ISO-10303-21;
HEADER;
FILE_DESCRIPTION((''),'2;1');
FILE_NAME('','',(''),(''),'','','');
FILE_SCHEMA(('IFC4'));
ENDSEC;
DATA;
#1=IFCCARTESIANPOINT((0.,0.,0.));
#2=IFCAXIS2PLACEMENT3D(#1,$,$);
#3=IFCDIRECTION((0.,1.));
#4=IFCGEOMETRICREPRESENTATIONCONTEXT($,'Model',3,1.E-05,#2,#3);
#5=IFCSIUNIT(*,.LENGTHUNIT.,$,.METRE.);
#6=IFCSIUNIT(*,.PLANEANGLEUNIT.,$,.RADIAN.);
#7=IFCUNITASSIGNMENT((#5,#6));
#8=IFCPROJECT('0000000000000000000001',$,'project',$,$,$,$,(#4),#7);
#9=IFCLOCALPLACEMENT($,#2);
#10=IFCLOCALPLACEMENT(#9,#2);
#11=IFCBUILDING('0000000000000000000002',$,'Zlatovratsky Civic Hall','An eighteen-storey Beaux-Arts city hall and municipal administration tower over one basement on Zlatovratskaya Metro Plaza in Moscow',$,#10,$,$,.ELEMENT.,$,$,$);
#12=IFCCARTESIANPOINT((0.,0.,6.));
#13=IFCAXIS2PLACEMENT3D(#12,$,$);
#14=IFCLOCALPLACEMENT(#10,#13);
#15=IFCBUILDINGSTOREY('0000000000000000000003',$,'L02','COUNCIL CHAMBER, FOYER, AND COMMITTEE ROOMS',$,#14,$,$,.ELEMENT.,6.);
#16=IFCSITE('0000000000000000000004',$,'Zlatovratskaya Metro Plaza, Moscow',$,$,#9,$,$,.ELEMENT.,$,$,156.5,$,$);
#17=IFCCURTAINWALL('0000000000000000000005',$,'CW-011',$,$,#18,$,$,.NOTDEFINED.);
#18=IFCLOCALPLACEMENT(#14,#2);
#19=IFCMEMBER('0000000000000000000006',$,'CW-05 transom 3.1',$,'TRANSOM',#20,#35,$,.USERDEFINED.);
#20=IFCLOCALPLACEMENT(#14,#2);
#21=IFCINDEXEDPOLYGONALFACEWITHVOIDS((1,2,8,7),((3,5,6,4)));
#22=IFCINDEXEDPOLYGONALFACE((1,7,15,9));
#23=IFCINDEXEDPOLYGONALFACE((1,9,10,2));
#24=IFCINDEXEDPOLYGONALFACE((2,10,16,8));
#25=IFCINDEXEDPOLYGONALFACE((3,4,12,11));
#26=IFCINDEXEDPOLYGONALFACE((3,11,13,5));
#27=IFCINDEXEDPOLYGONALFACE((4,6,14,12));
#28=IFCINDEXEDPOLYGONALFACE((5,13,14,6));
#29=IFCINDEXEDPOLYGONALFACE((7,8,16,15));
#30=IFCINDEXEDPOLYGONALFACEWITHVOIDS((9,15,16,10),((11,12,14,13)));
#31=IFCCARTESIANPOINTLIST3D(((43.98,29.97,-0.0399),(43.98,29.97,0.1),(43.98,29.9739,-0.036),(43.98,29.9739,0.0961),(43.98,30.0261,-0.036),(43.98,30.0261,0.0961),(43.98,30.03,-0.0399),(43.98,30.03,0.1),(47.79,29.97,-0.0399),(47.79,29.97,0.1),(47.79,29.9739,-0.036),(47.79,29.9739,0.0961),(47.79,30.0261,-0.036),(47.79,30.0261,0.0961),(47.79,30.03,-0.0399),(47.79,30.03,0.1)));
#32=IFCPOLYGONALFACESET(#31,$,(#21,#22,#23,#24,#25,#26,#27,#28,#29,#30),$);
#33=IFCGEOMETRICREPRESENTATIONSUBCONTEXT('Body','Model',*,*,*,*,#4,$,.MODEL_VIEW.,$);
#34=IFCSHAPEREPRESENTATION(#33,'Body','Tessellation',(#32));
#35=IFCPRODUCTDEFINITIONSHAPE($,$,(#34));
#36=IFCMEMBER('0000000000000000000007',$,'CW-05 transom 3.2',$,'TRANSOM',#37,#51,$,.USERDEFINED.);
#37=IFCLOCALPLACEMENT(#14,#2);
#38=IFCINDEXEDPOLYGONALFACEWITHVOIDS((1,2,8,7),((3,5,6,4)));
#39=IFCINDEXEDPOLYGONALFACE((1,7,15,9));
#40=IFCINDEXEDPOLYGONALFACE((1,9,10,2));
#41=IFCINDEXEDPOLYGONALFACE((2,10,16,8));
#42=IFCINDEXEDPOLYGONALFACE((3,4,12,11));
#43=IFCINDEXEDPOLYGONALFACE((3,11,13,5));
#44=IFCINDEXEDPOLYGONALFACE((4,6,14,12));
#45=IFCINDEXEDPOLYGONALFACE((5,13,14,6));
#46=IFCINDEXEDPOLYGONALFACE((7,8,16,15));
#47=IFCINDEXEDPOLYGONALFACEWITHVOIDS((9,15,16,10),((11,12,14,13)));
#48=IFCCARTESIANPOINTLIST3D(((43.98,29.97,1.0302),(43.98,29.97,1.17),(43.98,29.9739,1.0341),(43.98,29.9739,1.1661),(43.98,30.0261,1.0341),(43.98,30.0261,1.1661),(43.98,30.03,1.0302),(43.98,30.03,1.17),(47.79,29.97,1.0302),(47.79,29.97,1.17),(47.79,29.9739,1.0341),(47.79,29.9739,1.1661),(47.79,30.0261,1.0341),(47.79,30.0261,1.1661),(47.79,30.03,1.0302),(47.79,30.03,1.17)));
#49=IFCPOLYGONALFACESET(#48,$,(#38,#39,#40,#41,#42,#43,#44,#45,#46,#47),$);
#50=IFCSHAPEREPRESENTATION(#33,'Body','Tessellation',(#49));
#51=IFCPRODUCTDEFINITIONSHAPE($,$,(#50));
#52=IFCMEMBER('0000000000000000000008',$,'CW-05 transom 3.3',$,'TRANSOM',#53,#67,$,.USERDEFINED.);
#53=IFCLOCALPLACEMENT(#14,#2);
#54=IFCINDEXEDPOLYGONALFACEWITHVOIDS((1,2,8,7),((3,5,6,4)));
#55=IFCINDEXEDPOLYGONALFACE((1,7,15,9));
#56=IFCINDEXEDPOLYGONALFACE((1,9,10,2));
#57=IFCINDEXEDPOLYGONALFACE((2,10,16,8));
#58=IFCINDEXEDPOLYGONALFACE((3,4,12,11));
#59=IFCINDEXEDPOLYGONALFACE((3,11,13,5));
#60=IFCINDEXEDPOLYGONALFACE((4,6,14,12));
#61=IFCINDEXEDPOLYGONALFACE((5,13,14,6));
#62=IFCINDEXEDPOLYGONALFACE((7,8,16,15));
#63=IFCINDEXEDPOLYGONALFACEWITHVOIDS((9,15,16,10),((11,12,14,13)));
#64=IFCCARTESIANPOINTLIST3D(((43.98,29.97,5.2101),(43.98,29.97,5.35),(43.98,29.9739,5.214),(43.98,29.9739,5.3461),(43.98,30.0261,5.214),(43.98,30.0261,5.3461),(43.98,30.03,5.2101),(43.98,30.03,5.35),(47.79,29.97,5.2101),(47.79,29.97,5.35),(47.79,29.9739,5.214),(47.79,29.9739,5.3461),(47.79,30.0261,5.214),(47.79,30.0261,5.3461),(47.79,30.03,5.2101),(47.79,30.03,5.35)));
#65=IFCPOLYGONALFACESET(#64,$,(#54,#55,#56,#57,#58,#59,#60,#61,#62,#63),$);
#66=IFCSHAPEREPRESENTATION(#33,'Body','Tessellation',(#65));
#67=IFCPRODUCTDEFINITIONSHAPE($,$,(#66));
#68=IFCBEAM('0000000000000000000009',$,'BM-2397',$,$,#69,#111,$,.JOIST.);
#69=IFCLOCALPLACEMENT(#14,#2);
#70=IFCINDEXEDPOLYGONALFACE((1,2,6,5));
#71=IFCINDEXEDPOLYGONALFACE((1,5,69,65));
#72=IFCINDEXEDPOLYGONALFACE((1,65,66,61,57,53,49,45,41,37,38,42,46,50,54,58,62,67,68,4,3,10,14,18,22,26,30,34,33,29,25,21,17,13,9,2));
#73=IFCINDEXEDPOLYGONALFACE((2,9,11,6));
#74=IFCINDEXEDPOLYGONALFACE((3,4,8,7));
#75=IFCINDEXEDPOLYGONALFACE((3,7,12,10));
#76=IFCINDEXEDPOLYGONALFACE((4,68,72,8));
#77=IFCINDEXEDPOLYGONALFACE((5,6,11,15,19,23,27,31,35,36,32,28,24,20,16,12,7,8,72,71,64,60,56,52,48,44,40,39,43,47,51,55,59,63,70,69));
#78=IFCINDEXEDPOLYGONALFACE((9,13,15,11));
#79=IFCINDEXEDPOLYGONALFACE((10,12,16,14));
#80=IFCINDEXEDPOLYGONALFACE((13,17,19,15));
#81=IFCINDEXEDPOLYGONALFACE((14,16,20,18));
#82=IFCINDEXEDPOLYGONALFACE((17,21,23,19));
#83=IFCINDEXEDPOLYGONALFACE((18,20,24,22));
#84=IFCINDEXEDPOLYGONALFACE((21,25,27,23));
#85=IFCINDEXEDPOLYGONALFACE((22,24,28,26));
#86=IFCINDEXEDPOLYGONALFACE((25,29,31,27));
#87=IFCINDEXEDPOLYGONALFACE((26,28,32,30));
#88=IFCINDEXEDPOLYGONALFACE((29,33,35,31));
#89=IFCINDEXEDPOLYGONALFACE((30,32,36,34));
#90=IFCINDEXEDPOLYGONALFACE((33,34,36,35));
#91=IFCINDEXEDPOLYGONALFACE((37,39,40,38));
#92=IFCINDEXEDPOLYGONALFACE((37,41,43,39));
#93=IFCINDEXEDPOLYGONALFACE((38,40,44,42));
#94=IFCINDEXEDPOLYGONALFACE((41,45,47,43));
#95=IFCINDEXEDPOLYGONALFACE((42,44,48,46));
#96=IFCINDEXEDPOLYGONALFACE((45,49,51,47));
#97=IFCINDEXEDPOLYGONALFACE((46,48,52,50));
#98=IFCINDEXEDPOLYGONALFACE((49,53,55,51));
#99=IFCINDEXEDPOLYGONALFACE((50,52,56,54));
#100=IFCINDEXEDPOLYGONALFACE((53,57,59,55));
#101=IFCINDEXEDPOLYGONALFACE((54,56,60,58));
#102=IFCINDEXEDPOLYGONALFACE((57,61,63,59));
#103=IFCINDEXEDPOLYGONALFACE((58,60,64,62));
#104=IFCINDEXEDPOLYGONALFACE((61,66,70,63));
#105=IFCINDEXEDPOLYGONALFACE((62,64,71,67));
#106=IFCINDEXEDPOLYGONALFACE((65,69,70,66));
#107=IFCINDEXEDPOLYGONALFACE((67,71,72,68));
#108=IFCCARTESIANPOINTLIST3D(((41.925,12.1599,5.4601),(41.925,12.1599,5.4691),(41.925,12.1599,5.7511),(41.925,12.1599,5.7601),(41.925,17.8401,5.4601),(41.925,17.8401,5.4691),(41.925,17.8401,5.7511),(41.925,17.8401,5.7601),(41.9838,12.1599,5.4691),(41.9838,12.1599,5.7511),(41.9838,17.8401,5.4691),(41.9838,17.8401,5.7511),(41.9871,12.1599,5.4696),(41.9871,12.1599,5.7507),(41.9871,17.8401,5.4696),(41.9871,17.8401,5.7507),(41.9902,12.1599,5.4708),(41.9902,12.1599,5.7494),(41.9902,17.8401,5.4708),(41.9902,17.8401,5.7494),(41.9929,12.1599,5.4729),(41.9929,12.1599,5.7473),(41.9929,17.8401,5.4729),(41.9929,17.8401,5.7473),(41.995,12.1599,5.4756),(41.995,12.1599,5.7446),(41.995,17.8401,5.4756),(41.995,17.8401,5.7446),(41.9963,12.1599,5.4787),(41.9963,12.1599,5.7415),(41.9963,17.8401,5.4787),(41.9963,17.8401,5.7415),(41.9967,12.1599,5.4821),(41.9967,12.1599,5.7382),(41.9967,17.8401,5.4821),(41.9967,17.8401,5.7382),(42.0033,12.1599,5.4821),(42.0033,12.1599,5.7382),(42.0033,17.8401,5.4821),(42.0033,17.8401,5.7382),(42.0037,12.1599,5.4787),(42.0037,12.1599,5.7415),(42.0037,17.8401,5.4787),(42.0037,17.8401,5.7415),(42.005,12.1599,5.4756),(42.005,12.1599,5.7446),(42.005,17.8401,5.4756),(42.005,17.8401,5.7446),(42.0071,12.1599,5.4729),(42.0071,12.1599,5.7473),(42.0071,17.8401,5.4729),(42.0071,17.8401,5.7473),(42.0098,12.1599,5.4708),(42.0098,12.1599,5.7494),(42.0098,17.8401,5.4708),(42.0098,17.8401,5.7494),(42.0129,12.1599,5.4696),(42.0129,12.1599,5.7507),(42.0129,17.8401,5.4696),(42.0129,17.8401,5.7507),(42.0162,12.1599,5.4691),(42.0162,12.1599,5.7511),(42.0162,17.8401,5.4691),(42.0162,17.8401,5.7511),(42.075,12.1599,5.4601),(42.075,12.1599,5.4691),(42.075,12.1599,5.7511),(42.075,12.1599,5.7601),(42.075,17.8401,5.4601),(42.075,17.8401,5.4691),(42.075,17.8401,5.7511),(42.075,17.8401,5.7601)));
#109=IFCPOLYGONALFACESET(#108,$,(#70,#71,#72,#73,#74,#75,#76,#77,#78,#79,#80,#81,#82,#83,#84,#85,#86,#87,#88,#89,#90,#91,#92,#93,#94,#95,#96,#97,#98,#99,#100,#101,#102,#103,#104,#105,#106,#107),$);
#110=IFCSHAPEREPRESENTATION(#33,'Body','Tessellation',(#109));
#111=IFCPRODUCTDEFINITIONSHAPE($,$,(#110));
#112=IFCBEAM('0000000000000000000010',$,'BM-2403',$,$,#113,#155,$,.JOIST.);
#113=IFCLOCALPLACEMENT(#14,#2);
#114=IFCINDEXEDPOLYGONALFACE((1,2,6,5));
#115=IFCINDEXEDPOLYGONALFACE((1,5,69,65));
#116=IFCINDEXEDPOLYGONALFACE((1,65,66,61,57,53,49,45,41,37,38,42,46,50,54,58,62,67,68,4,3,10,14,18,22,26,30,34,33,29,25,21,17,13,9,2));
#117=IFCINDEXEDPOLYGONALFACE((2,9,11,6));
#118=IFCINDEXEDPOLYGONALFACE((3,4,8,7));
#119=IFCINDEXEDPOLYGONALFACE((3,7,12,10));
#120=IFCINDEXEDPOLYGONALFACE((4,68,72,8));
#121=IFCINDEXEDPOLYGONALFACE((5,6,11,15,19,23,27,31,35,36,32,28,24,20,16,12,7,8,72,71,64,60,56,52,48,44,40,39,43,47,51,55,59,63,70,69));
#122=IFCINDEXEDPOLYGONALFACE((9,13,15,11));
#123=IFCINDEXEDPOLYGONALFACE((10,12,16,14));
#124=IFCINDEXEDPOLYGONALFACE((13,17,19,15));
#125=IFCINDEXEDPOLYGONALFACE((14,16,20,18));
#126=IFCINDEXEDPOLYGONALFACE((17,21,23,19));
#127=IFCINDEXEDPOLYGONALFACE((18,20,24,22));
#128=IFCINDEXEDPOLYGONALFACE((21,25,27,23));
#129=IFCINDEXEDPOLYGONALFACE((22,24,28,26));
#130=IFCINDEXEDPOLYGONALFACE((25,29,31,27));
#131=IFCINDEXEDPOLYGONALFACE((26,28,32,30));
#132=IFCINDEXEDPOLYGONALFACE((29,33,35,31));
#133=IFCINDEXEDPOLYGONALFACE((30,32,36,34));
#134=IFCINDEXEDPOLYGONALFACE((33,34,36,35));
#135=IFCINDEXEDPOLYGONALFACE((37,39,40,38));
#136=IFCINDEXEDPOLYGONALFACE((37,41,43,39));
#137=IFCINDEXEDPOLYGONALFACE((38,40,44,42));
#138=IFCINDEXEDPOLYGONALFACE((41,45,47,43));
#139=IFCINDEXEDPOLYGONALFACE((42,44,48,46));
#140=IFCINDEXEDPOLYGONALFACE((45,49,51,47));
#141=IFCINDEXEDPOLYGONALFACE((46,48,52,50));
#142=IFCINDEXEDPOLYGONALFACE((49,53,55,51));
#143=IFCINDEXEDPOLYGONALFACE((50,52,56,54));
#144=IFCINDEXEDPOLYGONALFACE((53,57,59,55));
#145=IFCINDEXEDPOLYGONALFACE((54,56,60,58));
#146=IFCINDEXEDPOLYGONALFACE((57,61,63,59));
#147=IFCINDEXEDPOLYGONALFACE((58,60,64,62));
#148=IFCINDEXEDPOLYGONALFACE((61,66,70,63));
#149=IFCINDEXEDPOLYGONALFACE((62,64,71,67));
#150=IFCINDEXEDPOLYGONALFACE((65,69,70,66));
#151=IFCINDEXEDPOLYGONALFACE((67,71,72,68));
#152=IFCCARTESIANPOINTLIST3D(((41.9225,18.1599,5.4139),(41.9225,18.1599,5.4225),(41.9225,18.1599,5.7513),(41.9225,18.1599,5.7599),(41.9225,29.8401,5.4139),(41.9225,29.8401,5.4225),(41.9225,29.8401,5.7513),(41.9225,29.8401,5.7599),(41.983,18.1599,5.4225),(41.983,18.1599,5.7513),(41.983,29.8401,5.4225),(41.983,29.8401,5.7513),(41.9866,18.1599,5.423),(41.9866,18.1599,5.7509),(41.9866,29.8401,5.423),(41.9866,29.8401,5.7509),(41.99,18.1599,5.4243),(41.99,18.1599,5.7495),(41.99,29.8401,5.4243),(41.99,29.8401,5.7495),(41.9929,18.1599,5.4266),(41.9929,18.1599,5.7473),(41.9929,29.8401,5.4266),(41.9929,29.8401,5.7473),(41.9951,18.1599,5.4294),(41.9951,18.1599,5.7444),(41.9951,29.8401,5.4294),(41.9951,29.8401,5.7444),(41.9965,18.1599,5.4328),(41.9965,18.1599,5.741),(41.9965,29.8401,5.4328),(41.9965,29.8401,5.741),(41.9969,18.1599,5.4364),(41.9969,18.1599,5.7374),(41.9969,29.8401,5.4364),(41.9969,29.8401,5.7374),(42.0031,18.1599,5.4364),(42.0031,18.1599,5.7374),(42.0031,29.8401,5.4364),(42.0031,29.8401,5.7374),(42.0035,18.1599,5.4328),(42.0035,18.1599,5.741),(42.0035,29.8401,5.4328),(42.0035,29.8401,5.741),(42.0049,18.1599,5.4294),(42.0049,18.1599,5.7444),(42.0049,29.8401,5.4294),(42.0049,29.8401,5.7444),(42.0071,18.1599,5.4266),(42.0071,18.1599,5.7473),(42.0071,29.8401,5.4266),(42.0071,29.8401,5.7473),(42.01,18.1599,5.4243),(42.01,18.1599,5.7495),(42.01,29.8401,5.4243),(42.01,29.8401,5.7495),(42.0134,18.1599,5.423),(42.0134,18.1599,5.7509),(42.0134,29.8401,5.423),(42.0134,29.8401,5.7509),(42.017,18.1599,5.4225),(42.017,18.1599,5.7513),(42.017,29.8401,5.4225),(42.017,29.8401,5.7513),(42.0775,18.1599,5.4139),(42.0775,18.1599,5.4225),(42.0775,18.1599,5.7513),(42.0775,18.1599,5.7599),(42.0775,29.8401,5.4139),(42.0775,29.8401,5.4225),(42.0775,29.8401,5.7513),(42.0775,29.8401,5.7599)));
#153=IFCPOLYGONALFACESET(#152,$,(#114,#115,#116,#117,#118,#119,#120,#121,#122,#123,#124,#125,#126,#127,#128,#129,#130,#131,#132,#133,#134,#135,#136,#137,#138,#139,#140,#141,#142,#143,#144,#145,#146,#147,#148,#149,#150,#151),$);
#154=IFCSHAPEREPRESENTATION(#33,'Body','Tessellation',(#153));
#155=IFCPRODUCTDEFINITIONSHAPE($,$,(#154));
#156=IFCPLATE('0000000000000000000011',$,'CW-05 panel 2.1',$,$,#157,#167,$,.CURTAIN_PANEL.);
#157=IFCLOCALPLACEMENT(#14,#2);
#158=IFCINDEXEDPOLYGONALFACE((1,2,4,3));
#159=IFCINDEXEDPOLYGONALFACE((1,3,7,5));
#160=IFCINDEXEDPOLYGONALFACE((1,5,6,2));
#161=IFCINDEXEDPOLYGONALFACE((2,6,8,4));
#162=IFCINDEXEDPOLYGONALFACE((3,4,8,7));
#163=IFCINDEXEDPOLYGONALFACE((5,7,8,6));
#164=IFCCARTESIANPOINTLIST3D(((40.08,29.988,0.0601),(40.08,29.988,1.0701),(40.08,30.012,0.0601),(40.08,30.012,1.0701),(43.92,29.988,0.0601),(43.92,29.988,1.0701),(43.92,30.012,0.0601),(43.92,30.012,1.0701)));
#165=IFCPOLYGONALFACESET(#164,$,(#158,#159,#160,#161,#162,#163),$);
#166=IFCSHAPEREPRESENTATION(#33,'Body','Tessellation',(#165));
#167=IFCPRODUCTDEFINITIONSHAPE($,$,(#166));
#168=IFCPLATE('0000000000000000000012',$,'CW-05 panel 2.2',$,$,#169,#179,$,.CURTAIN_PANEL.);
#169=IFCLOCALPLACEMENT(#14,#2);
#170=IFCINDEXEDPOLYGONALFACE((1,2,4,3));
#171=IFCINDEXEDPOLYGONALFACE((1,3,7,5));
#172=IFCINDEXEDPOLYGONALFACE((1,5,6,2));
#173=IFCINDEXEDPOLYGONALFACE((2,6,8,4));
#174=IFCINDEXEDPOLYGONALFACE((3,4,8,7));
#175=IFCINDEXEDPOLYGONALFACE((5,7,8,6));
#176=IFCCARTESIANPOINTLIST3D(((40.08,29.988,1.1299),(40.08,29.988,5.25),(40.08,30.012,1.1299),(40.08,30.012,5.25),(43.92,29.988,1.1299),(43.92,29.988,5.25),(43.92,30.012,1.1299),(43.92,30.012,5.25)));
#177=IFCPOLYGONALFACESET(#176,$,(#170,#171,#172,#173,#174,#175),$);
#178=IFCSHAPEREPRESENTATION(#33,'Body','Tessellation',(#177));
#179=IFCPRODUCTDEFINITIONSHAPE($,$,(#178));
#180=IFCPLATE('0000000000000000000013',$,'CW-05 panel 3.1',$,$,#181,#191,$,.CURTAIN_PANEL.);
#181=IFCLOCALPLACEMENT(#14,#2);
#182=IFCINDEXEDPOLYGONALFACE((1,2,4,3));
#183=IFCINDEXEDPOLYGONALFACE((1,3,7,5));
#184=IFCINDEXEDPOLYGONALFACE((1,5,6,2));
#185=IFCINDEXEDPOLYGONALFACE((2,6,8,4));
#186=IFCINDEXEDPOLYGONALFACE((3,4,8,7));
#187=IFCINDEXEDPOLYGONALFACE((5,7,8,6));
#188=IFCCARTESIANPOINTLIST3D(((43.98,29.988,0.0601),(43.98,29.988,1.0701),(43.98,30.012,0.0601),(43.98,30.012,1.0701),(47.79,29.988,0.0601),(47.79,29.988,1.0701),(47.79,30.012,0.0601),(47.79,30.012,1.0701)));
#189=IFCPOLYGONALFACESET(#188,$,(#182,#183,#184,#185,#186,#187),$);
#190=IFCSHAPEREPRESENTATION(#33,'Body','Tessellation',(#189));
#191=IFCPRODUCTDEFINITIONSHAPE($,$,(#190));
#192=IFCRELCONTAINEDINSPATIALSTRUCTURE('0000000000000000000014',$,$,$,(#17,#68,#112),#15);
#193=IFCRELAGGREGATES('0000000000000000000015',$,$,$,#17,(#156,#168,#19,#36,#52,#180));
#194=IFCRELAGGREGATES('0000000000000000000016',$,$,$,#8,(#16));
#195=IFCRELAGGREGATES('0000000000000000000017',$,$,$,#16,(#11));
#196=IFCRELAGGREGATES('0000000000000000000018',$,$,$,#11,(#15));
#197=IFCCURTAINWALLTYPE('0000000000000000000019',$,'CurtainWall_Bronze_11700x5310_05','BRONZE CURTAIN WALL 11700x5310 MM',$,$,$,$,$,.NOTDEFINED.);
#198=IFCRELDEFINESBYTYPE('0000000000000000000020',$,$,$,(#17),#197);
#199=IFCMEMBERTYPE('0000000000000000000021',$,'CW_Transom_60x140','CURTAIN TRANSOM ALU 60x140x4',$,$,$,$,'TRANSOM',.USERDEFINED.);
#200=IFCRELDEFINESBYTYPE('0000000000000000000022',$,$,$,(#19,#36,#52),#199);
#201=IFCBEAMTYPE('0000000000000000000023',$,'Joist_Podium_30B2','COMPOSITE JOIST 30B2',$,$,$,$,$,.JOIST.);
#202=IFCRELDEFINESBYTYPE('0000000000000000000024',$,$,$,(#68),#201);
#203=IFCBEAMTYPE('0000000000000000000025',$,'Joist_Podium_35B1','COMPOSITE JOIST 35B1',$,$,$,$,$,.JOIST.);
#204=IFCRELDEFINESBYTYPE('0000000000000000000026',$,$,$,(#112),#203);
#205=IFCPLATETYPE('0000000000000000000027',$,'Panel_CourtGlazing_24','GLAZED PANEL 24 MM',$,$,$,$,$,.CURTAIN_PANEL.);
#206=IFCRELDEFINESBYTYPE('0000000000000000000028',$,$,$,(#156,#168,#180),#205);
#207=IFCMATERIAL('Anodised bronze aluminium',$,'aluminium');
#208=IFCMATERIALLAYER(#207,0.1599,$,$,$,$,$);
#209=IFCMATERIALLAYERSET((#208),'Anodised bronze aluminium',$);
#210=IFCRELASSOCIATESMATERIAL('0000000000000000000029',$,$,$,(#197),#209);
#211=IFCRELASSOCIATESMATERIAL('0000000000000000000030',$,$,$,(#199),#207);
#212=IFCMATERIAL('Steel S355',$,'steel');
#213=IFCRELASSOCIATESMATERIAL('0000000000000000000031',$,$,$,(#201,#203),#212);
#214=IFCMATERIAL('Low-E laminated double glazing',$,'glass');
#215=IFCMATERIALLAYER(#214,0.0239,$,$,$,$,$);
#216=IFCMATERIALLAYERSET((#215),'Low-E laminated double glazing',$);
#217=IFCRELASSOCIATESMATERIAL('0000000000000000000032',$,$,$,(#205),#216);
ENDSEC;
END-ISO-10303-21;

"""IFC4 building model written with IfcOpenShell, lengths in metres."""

from ifc_helpers import new_model, si_unit, direction, frame, origin, origin_2d, place, context, subcontext, project, spatial, rectangle, hollow_rectangle, i_section, extrude, material, layer, layer_set, material_profile, profile_set, type_object, element, aggregate, save


model = new_model("IFC4")

# Units and contexts
model_context = context("Model", 3, precision=1e-05, world=origin(), true_north=direction((0.0, 1.0)))
body_context = subcontext(model_context, "Body", "Model", "MODEL_VIEW")
ifc_project = project(units=[si_unit("LENGTHUNIT", "METRE"), si_unit("PLANEANGLEUNIT", "RADIAN")], contexts=[model_context])

# Site, building, storey
site_placement = place(None, origin())
site = spatial("IfcSite", under=ifc_project, at=site_placement, Name="Zlatovratskaya Metro Plaza, Moscow", CompositionType="ELEMENT", RefElevation=156.5)
building_placement = place(site_placement, origin())
building = spatial("IfcBuilding", under=site, at=building_placement, Name="Zlatovratsky Civic Hall", Description="An eighteen-storey Beaux-Arts city hall and municipal administration tower over one basement on Zlatovratskaya Metro Plaza in Moscow", CompositionType="ELEMENT")
storey_placement = place(building_placement, frame((0.0, 0.0, 6.0)))
storey = spatial("IfcBuildingStorey", under=building, at=storey_placement, Name="L02", Description="COUNCIL CHAMBER, FOYER, AND COMMITTEE ROOMS", CompositionType="ELEMENT", Elevation=6.0)

# Shared definitions
ifc_material_1 = material(Name="Steel S355", Category="steel")

# Curtain wall, members
ifc_material_2 = material(Name="Anodised bronze aluminium", Category="aluminium")
ifc_layer_1 = layer(ifc_material_2, 0.1599)
ifc_layer_set_1 = layer_set([ifc_layer_1], Name="Anodised bronze aluminium")
curtain_wall_type = type_object("IfcCurtainWallType", Name="CurtainWall_Bronze_11700x5310_05", Description="BRONZE CURTAIN WALL 11700x5310 MM", PredefinedType="NOTDEFINED", material=ifc_layer_set_1)
curtain_wall_placement = place(storey_placement, origin())
curtain_wall = element("IfcCurtainWall", 1, at=curtain_wall_placement, inside=storey, type_object=curtain_wall_type, Name="CW-011", PredefinedType="NOTDEFINED")
ifc_material_profile_1 = material_profile(ifc_material_2, hollow_rectangle(XDim=0.0601, YDim=0.1399, WallThickness=0.0039, at=origin_2d()), Name="ALU 60x140x4")
ifc_profile_set_1 = profile_set([ifc_material_profile_1], Name="Anodised bronze aluminium")
member_type_1 = type_object("IfcMemberType", Name="CW_Transom_60x140", Description="CURTAIN TRANSOM ALU 60x140x4", ElementType="TRANSOM", PredefinedType="USERDEFINED", material=ifc_profile_set_1)
member_1_placement = place(storey_placement, frame((43.98, 30.0, 0.03), z_axis=(1.0, 0.0, 0.0), x_axis=(0.0, 1.0, 0.0)))
member_1 = element("IfcMember", 2, at=member_1_placement, type_object=member_type_1, Name="CW-05 transom 3.1", ObjectType="TRANSOM", PredefinedType="USERDEFINED", context=body_context, shape_type="SweptSolid", body=[
    extrude(hollow_rectangle(XDim=0.0601, YDim=0.1399, WallThickness=0.0039, at=origin_2d()), origin(), (0.0, 0.0, 1.0), 3.8101),
])
member_2_placement = place(storey_placement, frame((43.98, 30.0, 1.1001), z_axis=(1.0, 0.0, 0.0), x_axis=(0.0, 1.0, 0.0)))
member_2 = element("IfcMember", 3, at=member_2_placement, type_object=member_type_1, Name="CW-05 transom 3.2", ObjectType="TRANSOM", PredefinedType="USERDEFINED", context=body_context, shape_type="SweptSolid", body=[
    extrude(hollow_rectangle(XDim=0.0601, YDim=0.1399, WallThickness=0.0039, at=origin_2d()), origin(), (0.0, 0.0, 1.0), 3.8101),
])
member_3_placement = place(storey_placement, frame((43.98, 30.0, 5.28), z_axis=(1.0, 0.0, 0.0), x_axis=(0.0, 1.0, 0.0)))
member_3 = element("IfcMember", 4, at=member_3_placement, type_object=member_type_1, Name="CW-05 transom 3.3", ObjectType="TRANSOM", PredefinedType="USERDEFINED", context=body_context, shape_type="SweptSolid", body=[
    extrude(hollow_rectangle(XDim=0.0601, YDim=0.1399, WallThickness=0.0039, at=origin_2d()), origin(), (0.0, 0.0, 1.0), 3.8101),
])

# Beams
ifc_material_profile_2 = material_profile(ifc_material_1, i_section(OverallWidth=0.1499, OverallDepth=0.3, WebThickness=0.0066, FlangeThickness=0.009, FilletRadius=0.0129, at=origin_2d()), Name="30B2")
ifc_profile_set_2 = profile_set([ifc_material_profile_2], Name="Steel S355")
beam_type_1 = type_object("IfcBeamType", Name="Joist_Podium_30B2", Description="COMPOSITE JOIST 30B2", PredefinedType="JOIST", material=ifc_profile_set_2)
beam_1_placement = place(storey_placement, frame((42.0, 12.1599, 5.6101), z_axis=(0.0, 1.0, 0.0), x_axis=(-1.0, 0.0, 0.0)))
element("IfcBeam", 5, at=beam_1_placement, inside=storey, type_object=beam_type_1, Name="BM-2397", PredefinedType="JOIST", context=body_context, shape_type="SweptSolid", body=[
    extrude(i_section(OverallWidth=0.1499, OverallDepth=0.3, WebThickness=0.0066, FlangeThickness=0.009, FilletRadius=0.0129, at=origin_2d()), origin(), (0.0, 0.0, 1.0), 5.6802),
])
ifc_material_profile_3 = material_profile(ifc_material_1, i_section(OverallWidth=0.155, OverallDepth=0.3459, WebThickness=0.0061, FlangeThickness=0.0085, FilletRadius=0.0139, at=origin_2d()), Name="35B1")
ifc_profile_set_3 = profile_set([ifc_material_profile_3], Name="Steel S355")
beam_type_2 = type_object("IfcBeamType", Name="Joist_Podium_35B1", Description="COMPOSITE JOIST 35B1", PredefinedType="JOIST", material=ifc_profile_set_3)
beam_2_placement = place(storey_placement, frame((42.0, 18.1599, 5.5869), z_axis=(0.0, 1.0, 0.0), x_axis=(-1.0, 0.0, 0.0)))
element("IfcBeam", 6, at=beam_2_placement, inside=storey, type_object=beam_type_2, Name="BM-2403", PredefinedType="JOIST", context=body_context, shape_type="SweptSolid", body=[
    extrude(i_section(OverallWidth=0.155, OverallDepth=0.3459, WebThickness=0.0061, FlangeThickness=0.0085, FilletRadius=0.0139, at=origin_2d()), origin(), (0.0, 0.0, 1.0), 11.6802),
])

# Plates
ifc_material_3 = material(Name="Low-E laminated double glazing", Category="glass")
ifc_layer_2 = layer(ifc_material_3, 0.0239)
ifc_layer_set_2 = layer_set([ifc_layer_2], Name="Low-E laminated double glazing")
plate_type = type_object("IfcPlateType", Name="Panel_CourtGlazing_24", Description="GLAZED PANEL 24 MM", PredefinedType="CURTAIN_PANEL", material=ifc_layer_set_2)
plate_1_placement = place(storey_placement, frame((42.0, 30.0, 0.0601), z_axis=(0.0, 0.0, 1.0), x_axis=(1.0, 0.0, 0.0)))
plate_1 = element("IfcPlate", 7, at=plate_1_placement, type_object=plate_type, Name="CW-05 panel 2.1", PredefinedType="CURTAIN_PANEL", context=body_context, shape_type="SweptSolid", body=[
    extrude(rectangle(XDim=3.8401, YDim=0.0239, at=origin_2d()), origin(), (0.0, 0.0, 1.0), 1.01),
])
plate_2_placement = place(storey_placement, frame((42.0, 30.0, 1.1299), z_axis=(0.0, 0.0, 1.0), x_axis=(1.0, 0.0, 0.0)))
plate_2 = element("IfcPlate", 8, at=plate_2_placement, type_object=plate_type, Name="CW-05 panel 2.2", PredefinedType="CURTAIN_PANEL", context=body_context, shape_type="SweptSolid", body=[
    extrude(rectangle(XDim=3.8401, YDim=0.0239, at=origin_2d()), origin(), (0.0, 0.0, 1.0), 4.1201),
])
plate_3_placement = place(storey_placement, frame((45.885, 30.0, 0.0601), z_axis=(0.0, 0.0, 1.0), x_axis=(1.0, 0.0, 0.0)))
plate_3 = element("IfcPlate", 9, at=plate_3_placement, type_object=plate_type, Name="CW-05 panel 3.1", PredefinedType="CURTAIN_PANEL", context=body_context, shape_type="SweptSolid", body=[
    extrude(rectangle(XDim=3.8101, YDim=0.0239, at=origin_2d()), origin(), (0.0, 0.0, 1.0), 1.01),
])
aggregate(curtain_wall, [plate_1, plate_2, member_1, member_2, member_3, plate_3])

save(model, "model.ifc")
